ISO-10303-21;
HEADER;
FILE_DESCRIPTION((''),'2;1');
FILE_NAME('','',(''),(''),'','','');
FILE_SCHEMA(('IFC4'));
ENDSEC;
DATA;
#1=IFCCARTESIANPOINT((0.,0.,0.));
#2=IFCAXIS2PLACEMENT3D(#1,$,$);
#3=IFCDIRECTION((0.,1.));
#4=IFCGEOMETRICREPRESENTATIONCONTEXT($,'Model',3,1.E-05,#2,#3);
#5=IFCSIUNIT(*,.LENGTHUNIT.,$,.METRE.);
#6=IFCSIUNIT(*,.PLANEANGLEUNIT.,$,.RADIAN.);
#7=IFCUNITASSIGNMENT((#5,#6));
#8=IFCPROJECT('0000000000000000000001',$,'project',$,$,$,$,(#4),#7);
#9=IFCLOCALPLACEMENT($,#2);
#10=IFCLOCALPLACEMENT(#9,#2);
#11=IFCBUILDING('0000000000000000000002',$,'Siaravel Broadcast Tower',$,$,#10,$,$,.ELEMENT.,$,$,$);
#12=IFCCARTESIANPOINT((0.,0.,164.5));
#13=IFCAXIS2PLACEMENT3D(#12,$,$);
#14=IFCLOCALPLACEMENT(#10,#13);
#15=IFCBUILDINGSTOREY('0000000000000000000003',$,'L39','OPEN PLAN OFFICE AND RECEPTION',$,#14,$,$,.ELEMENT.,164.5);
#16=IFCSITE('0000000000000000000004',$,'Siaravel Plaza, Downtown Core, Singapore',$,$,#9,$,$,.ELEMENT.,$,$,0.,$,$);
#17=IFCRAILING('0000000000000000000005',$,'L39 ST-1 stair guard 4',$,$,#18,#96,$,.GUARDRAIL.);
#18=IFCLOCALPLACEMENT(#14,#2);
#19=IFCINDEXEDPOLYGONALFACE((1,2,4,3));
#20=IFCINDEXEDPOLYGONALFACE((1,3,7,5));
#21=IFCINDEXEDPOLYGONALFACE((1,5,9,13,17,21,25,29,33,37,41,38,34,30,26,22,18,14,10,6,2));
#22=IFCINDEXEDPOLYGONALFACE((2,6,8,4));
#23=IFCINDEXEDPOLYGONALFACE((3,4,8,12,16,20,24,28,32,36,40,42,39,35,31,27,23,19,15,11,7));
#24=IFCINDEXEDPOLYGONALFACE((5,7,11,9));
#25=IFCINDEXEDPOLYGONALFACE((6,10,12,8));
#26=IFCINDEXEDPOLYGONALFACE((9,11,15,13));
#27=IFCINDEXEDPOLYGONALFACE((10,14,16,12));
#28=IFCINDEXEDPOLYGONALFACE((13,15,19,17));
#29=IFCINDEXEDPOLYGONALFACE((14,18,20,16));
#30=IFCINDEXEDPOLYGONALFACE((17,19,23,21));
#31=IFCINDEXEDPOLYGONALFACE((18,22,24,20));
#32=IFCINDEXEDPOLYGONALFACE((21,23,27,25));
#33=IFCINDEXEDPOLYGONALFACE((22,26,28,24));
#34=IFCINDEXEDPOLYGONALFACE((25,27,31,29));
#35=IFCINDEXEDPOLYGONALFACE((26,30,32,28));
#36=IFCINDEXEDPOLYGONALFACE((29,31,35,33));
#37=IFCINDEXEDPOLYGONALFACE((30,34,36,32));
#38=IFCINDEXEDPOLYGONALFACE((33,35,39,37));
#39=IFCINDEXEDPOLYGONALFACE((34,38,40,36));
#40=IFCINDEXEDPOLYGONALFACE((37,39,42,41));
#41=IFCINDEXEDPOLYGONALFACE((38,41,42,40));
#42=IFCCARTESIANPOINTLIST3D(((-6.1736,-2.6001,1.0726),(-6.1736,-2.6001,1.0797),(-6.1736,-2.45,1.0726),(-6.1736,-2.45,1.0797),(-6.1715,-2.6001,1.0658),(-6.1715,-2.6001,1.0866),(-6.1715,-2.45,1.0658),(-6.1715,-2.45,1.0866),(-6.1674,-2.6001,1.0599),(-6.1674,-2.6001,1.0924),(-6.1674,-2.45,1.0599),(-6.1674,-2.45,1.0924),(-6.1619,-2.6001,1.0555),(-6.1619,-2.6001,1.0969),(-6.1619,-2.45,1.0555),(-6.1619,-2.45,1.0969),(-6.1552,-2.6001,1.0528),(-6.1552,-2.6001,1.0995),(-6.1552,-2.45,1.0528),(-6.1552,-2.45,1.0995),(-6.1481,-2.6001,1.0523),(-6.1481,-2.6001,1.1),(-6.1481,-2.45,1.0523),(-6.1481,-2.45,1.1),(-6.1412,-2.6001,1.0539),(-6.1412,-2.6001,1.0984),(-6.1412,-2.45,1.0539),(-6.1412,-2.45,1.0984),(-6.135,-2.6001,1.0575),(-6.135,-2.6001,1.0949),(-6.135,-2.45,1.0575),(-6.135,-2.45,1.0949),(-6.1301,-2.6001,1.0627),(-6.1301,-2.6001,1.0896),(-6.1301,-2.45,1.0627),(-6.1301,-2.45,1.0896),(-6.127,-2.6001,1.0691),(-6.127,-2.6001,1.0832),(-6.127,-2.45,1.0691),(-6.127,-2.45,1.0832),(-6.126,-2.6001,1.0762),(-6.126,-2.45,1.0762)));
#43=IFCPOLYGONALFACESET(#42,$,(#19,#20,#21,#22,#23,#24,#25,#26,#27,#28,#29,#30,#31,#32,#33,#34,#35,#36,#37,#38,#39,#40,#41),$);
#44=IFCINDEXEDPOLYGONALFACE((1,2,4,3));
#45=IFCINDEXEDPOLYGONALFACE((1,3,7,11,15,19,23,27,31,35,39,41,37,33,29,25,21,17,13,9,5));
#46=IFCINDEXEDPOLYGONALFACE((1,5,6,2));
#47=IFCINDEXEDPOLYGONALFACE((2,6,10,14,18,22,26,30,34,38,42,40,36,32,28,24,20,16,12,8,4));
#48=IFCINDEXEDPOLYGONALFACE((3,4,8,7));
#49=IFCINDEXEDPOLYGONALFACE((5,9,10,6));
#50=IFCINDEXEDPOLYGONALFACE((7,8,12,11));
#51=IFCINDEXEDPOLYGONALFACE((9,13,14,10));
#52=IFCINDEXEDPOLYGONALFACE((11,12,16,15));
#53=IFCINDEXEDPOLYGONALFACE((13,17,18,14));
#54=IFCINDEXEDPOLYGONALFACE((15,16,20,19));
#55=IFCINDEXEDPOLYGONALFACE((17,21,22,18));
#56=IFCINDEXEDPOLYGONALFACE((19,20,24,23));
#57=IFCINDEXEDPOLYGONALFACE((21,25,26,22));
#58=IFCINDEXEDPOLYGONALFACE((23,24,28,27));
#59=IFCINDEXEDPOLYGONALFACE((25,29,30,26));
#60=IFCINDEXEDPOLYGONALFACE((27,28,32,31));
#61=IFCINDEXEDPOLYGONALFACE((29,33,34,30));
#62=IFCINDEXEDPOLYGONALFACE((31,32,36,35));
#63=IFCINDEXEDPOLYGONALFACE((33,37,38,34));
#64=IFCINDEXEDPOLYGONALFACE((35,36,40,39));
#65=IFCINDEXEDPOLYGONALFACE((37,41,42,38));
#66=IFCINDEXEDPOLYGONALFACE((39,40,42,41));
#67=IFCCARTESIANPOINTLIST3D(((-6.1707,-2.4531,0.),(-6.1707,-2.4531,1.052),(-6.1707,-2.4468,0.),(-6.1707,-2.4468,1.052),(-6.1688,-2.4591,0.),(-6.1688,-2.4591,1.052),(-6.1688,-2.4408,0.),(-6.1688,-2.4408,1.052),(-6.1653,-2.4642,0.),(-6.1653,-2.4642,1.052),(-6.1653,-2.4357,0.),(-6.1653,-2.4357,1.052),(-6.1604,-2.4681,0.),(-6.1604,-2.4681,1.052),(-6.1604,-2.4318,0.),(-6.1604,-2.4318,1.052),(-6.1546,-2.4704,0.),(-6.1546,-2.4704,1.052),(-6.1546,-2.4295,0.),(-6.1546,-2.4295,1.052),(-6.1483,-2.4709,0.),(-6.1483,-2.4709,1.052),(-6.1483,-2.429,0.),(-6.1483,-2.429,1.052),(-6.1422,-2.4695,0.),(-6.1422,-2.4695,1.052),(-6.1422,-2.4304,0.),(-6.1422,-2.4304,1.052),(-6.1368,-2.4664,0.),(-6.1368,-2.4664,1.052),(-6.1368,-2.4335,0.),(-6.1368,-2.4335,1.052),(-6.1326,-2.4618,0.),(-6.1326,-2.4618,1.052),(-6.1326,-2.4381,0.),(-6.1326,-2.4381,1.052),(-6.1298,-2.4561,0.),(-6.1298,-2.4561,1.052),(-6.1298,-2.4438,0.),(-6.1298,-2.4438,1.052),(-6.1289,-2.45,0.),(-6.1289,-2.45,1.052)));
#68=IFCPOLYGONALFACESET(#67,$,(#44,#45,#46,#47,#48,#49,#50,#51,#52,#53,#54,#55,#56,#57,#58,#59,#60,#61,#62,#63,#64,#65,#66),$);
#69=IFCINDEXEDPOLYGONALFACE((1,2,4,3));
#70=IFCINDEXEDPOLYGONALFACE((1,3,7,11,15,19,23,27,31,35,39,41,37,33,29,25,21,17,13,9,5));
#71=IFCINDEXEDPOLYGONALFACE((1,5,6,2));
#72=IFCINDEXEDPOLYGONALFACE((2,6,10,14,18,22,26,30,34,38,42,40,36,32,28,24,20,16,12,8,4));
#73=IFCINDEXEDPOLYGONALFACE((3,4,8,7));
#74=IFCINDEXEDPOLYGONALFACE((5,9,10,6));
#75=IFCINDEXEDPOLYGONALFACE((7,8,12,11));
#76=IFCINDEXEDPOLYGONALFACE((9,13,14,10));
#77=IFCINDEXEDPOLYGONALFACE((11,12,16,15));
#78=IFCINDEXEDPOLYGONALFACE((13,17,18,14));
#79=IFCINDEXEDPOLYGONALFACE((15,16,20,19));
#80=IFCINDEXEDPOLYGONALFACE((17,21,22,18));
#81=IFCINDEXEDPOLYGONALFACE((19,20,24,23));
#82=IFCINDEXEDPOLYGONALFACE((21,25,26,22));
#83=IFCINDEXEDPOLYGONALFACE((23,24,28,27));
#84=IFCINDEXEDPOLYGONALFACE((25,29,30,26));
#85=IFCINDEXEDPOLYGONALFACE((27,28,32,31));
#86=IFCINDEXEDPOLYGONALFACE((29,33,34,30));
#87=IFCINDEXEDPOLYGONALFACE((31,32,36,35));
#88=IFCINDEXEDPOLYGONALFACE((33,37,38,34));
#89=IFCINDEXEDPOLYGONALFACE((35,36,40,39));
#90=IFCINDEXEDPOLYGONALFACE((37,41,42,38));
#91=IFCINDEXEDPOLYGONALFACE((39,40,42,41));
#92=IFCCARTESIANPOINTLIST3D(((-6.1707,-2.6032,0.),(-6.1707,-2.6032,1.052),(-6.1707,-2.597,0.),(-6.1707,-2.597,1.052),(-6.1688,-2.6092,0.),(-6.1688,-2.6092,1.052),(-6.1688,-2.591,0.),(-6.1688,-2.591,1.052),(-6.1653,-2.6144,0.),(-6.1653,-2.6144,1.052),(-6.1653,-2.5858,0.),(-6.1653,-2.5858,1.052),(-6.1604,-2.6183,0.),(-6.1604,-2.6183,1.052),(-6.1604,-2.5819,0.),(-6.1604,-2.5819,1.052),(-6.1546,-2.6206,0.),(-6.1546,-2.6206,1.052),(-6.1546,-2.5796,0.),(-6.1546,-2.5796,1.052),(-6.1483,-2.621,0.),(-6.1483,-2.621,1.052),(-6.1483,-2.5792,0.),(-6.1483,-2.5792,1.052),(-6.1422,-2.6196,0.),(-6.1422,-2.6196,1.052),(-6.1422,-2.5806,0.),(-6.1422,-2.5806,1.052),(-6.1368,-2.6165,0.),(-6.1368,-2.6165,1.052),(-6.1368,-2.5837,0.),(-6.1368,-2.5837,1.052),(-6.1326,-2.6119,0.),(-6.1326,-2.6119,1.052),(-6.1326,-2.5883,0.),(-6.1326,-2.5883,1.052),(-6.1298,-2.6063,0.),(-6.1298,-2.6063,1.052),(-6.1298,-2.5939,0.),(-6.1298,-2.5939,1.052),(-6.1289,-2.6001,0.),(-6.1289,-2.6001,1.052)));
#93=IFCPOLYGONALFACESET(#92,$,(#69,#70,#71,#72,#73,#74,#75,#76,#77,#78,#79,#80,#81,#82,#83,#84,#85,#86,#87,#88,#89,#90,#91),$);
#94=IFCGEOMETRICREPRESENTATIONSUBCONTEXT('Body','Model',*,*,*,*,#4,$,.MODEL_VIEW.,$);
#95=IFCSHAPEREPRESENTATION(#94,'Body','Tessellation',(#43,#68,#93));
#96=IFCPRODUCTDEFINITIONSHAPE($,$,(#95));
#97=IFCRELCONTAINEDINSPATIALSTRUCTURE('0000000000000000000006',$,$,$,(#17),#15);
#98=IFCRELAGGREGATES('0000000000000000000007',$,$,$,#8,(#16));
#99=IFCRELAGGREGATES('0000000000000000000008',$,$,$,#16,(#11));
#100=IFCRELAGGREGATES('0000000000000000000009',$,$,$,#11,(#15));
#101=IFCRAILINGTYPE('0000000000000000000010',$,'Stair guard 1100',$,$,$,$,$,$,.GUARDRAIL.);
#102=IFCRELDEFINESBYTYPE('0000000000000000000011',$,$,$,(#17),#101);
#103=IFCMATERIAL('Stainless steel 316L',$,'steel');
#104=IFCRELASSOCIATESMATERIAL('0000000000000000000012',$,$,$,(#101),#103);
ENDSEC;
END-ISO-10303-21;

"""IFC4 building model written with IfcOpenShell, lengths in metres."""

from ifc_helpers import new_model, si_unit, direction, frame, origin, origin_2d, place, context, subcontext, project, spatial, circle, extrude, material, type_object, element, save


model = new_model("IFC4")

# Units and contexts
model_context = context("Model", 3, precision=1e-05, world=origin(), true_north=direction((0.0, 1.0)))
body_context = subcontext(model_context, "Body", "Model", "MODEL_VIEW")
ifc_project = project(units=[si_unit("LENGTHUNIT", "METRE"), si_unit("PLANEANGLEUNIT", "RADIAN")], contexts=[model_context])

# Site, building, storey
site_placement = place(None, origin())
site = spatial("IfcSite", under=ifc_project, at=site_placement, Name="Siaravel Plaza, Downtown Core, Singapore", CompositionType="ELEMENT", RefElevation=0.0)
building_placement = place(site_placement, origin())
building = spatial("IfcBuilding", under=site, at=building_placement, Name="Siaravel Broadcast Tower", CompositionType="ELEMENT")
storey_placement = place(building_placement, frame((0.0, 0.0, 164.5)))
storey = spatial("IfcBuildingStorey", under=building, at=storey_placement, Name="L39", Description="OPEN PLAN OFFICE AND RECEPTION", CompositionType="ELEMENT", Elevation=164.5)

# Shared definitions
ifc_material_1 = material(Name="Stainless steel 316L", Category="steel")

# Railing
railing_type_1 = type_object("IfcRailingType", Name="Stair guard 1100", PredefinedType="GUARDRAIL", material=ifc_material_1)
railing_1_placement = place(storey_placement, frame((-6.1499, -2.45, 0.0)))
element("IfcRailing", 1, at=railing_1_placement, inside=storey, type_object=railing_type_1, Name="L39 ST-1 stair guard 4", PredefinedType="GUARDRAIL", context=body_context, shape_type="SweptSolid", body=[
    extrude(circle(Radius=0.0239, at=origin_2d()), frame((0.0, 0.0, 1.0762), z_axis=(0.0, -1.0, 0.0), x_axis=(1.0, 0.0, 0.0)), (0.0, 0.0, 1.0), 0.1501),
    extrude(circle(Radius=0.021, at=origin_2d()), origin(), (0.0, 0.0, 1.0), 1.052),
    extrude(circle(Radius=0.021, at=origin_2d()), frame((0.0, -0.1501, 0.0)), (0.0, 0.0, 1.0), 1.052),
])

save(model, "model.ifc")
